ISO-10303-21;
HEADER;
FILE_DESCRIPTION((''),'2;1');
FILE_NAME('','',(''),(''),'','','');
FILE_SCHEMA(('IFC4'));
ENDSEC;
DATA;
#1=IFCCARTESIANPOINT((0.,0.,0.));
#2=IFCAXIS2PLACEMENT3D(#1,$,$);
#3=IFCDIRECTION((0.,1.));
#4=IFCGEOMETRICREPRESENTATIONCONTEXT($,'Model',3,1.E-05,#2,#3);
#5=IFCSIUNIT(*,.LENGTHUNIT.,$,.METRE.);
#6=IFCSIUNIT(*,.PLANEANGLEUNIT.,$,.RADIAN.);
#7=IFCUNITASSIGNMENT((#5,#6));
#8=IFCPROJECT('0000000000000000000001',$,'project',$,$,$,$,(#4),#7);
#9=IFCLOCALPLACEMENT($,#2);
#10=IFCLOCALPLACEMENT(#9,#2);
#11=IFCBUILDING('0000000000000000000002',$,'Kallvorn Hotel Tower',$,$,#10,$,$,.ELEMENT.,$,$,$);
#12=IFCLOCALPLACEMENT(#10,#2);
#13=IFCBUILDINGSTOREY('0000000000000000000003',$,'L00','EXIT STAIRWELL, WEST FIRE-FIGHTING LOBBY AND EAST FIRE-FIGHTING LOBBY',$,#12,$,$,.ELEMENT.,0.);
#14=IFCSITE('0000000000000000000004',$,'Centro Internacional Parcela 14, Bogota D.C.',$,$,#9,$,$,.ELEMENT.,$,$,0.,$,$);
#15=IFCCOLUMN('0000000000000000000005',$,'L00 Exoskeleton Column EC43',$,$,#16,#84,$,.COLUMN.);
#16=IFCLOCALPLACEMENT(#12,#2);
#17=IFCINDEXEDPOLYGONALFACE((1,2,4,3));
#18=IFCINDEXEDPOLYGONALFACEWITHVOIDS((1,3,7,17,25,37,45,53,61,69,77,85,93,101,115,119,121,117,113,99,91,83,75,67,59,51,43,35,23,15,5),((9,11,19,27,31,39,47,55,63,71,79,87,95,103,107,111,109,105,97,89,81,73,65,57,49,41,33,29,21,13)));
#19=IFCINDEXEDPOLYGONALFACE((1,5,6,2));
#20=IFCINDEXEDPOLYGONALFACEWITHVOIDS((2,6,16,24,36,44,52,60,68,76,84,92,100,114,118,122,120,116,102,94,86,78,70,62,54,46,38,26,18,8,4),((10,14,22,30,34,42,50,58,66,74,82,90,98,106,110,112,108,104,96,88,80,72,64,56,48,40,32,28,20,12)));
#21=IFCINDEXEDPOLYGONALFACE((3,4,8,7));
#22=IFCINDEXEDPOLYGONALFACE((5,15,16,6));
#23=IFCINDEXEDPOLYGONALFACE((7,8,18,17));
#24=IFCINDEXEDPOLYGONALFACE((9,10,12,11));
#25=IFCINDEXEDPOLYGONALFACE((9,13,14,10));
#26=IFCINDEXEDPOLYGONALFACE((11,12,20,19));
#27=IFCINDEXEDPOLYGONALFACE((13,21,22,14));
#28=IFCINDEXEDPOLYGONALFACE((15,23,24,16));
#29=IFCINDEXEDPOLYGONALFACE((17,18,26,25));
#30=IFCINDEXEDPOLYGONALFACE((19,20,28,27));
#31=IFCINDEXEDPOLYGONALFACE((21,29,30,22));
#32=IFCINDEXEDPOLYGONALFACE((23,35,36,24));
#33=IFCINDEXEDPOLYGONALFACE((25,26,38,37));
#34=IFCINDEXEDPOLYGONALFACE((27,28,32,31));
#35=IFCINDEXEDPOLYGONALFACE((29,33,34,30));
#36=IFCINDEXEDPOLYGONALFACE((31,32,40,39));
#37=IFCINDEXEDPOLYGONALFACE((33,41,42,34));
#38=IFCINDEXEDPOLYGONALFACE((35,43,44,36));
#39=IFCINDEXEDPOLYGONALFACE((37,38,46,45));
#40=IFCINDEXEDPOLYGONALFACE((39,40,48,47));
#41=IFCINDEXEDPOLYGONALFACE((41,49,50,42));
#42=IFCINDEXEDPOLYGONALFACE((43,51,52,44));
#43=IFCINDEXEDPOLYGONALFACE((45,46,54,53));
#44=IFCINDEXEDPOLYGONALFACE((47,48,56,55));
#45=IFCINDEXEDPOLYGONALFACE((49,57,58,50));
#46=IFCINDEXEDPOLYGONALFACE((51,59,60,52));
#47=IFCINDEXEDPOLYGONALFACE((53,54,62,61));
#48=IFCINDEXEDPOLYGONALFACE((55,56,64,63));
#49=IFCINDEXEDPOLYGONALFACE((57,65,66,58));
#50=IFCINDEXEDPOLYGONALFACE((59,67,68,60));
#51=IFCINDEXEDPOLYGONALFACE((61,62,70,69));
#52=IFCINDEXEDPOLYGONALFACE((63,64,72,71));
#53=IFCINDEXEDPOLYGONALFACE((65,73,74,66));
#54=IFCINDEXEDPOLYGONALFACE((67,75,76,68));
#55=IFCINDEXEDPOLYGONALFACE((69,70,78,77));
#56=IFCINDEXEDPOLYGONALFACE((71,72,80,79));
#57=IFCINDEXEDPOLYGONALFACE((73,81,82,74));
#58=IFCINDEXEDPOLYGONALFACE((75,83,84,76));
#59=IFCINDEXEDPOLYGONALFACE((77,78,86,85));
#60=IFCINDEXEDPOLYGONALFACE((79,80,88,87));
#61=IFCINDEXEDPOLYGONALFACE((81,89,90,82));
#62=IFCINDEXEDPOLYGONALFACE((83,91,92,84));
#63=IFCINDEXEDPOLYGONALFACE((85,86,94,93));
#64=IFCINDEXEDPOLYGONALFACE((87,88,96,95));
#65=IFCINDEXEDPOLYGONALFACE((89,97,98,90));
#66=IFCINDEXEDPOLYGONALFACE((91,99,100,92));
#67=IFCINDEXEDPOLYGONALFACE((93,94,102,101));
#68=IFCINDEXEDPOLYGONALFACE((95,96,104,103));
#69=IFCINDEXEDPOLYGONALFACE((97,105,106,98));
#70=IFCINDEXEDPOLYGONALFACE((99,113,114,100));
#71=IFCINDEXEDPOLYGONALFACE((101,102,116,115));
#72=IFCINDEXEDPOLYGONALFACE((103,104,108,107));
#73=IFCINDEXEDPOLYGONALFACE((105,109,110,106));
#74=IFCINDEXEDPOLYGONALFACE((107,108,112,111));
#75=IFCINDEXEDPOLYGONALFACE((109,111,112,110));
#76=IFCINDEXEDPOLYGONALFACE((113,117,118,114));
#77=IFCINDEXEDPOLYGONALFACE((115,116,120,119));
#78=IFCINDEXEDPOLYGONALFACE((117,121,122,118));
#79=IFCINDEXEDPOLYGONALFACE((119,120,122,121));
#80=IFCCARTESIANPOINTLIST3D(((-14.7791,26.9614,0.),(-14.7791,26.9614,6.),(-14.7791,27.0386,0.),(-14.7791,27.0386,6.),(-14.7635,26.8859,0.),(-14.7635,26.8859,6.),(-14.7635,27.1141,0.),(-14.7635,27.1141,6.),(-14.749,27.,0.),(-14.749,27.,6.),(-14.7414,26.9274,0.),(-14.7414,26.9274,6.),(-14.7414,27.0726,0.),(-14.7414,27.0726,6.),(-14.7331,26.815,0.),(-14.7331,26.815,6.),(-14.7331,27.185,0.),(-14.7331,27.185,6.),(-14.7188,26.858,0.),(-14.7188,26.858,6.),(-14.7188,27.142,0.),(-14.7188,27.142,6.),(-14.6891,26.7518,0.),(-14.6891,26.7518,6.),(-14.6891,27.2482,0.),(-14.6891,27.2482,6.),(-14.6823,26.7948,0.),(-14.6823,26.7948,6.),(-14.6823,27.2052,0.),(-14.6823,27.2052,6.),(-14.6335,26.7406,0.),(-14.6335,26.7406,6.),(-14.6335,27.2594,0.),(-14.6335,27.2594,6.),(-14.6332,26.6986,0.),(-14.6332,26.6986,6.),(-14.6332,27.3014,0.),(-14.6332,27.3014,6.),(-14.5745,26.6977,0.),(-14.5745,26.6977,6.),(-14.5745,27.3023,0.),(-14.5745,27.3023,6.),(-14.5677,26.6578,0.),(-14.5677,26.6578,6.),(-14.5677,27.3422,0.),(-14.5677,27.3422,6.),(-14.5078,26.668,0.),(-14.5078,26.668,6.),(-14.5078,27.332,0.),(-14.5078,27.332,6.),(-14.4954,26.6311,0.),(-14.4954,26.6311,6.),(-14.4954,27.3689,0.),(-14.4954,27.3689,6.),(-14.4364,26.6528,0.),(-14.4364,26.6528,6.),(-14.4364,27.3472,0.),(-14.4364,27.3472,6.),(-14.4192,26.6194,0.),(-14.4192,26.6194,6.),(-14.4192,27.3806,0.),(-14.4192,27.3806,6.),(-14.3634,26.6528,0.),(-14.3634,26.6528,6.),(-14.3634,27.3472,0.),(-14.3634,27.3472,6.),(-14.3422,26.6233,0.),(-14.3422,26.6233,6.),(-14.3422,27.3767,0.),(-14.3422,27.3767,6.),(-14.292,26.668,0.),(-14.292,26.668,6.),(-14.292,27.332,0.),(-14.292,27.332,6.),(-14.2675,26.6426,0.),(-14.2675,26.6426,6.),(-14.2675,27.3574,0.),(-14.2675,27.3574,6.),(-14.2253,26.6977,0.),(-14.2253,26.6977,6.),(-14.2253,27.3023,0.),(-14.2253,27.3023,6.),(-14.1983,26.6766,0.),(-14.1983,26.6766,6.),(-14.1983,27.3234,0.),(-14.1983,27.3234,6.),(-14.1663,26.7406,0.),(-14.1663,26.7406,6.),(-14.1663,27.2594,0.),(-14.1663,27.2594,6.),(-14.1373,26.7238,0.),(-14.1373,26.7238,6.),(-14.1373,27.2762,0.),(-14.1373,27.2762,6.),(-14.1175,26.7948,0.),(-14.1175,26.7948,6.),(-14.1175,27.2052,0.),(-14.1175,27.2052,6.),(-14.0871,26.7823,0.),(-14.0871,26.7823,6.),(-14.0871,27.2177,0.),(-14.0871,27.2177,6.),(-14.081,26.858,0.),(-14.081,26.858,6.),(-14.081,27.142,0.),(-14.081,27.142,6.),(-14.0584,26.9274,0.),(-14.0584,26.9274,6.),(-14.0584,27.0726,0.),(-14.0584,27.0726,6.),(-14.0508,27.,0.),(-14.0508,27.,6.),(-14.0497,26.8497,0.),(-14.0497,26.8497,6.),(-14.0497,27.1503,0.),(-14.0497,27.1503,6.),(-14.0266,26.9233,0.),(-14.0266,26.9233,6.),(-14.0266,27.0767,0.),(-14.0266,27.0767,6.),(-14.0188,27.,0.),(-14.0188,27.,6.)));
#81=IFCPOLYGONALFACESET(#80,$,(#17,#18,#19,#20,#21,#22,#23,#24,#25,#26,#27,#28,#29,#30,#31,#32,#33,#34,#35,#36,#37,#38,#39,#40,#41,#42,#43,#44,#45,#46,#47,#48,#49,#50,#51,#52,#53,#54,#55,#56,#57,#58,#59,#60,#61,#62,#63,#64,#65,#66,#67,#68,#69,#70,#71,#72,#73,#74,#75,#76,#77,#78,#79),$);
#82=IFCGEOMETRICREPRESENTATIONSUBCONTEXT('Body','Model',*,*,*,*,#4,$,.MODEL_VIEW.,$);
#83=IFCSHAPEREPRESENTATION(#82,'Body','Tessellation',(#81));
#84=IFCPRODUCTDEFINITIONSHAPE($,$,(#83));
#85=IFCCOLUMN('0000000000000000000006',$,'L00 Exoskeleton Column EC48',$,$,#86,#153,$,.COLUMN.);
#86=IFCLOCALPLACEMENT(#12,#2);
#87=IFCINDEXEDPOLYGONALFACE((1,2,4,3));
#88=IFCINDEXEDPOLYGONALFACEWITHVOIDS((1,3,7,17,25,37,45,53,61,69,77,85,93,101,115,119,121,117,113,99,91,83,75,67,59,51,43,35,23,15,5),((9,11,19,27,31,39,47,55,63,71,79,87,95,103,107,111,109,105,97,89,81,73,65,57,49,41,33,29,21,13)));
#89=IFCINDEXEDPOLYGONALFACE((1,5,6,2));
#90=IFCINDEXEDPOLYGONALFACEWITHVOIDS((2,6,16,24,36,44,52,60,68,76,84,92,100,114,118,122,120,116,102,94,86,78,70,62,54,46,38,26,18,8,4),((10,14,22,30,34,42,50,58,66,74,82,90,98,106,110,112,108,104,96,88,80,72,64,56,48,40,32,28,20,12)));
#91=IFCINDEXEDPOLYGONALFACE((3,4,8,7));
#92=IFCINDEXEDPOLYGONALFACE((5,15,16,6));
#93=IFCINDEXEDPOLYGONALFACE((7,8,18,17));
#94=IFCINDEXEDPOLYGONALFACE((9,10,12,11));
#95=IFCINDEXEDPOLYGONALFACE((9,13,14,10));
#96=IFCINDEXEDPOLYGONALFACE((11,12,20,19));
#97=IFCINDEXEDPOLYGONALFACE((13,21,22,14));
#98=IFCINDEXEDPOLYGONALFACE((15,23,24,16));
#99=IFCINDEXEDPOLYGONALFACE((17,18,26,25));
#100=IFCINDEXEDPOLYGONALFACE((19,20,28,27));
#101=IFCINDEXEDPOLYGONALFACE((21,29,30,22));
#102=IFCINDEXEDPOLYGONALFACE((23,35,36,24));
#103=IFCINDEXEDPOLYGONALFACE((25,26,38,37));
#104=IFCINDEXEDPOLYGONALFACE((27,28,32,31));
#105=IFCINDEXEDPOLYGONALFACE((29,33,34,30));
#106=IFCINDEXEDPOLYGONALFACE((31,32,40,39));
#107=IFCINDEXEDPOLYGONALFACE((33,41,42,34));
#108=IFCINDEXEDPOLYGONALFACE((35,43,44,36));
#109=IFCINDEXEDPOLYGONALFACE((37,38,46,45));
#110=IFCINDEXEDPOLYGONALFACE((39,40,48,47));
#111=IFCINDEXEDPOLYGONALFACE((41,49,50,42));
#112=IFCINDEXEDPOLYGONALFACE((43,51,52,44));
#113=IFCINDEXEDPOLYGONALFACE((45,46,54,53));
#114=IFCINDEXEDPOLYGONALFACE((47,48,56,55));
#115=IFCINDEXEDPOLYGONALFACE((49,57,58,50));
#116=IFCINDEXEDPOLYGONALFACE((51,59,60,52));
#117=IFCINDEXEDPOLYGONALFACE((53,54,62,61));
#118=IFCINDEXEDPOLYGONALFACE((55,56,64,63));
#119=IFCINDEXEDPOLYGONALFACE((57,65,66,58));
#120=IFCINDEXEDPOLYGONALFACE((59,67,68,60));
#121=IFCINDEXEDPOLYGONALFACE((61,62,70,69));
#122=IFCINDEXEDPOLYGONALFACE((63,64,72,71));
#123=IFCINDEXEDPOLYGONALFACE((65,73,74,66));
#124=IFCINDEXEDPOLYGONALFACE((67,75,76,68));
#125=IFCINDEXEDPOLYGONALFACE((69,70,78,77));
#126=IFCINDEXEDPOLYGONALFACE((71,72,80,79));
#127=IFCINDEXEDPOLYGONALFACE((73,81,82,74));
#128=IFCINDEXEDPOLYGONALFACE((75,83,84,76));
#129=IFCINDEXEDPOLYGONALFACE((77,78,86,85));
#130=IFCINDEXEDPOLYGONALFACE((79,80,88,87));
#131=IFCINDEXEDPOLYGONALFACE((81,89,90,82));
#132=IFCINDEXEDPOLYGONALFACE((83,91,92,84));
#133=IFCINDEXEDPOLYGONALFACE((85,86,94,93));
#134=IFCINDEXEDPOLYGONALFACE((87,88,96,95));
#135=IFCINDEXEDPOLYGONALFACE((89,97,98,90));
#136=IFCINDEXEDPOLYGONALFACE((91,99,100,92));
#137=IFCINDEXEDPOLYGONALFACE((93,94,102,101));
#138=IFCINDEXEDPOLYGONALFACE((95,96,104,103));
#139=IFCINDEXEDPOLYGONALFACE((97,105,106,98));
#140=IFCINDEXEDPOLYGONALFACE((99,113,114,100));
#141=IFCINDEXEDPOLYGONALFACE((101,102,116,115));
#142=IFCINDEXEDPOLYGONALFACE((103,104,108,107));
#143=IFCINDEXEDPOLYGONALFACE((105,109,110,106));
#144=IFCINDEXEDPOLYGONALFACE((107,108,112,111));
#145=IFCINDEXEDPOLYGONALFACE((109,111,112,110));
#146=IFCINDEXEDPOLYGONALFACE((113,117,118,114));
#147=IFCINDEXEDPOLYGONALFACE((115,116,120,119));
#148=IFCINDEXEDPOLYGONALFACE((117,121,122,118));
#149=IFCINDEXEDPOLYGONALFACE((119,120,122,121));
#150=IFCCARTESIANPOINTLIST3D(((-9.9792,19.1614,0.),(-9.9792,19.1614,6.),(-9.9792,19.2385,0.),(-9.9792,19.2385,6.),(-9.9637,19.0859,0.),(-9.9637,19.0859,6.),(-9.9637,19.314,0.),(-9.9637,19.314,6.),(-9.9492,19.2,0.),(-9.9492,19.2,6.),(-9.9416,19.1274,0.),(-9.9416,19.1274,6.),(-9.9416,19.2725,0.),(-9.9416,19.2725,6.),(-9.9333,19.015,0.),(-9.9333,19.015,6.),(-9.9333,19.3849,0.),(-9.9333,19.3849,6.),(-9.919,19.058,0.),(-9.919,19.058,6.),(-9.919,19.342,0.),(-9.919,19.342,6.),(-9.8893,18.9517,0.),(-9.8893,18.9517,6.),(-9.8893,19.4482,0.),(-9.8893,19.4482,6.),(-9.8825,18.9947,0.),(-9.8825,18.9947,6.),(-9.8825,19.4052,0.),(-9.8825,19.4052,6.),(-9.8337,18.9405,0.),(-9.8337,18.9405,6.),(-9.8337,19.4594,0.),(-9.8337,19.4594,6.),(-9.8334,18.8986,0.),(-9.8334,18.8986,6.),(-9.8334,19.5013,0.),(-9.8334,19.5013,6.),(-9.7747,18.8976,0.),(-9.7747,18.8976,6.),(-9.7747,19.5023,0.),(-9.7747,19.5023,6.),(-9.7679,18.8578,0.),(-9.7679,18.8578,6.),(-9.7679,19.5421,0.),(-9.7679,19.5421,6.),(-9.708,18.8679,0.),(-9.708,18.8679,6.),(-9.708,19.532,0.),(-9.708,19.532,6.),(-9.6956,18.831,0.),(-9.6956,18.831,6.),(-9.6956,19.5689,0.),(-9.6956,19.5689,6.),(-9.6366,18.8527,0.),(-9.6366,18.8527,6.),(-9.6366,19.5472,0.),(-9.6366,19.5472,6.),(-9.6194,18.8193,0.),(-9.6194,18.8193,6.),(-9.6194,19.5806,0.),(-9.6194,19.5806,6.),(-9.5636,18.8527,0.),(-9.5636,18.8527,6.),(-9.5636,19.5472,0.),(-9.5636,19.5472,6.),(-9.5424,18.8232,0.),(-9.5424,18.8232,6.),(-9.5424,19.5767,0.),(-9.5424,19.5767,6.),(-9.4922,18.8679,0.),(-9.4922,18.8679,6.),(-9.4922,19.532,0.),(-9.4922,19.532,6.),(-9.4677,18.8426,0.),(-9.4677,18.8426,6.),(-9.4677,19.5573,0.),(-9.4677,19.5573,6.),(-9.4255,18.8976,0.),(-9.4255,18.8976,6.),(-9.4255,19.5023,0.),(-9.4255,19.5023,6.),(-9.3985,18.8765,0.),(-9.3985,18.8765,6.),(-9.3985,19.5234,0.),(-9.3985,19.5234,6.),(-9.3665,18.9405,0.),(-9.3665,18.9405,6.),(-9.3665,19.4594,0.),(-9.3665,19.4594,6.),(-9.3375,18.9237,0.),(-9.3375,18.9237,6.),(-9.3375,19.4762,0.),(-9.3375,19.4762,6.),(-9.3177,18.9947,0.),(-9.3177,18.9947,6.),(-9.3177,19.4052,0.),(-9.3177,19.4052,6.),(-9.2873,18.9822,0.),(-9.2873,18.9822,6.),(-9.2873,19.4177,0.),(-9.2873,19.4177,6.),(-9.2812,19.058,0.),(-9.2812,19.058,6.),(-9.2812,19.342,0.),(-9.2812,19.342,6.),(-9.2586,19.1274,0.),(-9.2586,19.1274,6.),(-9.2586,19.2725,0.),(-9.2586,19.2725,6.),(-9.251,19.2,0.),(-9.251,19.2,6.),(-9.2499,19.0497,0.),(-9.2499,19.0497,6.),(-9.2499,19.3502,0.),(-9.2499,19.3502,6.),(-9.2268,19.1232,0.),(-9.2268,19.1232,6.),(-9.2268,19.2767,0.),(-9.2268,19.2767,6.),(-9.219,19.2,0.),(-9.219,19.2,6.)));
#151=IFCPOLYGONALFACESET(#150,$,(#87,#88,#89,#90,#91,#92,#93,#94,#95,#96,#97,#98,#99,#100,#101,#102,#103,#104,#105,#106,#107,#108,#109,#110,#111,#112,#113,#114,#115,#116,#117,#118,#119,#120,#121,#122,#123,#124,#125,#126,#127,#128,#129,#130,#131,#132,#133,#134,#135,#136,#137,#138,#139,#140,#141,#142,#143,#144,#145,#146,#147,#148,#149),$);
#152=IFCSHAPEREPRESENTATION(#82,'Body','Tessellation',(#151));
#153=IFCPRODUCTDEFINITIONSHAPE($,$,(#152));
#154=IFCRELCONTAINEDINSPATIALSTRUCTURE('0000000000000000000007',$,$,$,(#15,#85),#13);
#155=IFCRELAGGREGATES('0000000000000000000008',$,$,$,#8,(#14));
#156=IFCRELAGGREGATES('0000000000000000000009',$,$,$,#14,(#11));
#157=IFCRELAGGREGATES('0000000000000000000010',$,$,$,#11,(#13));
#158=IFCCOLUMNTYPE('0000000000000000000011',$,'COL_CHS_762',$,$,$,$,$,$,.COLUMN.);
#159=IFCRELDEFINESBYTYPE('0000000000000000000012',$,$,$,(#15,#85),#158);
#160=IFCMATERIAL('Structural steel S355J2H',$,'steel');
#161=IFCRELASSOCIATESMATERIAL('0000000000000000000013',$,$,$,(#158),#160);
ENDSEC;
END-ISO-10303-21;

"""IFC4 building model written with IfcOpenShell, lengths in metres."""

from ifc_helpers import new_model, si_unit, direction, frame, origin, origin_2d, place, context, subcontext, project, spatial, hollow_circle, extrude, material, material_profile, profile_set, type_object, element, save


model = new_model("IFC4")

# Units and contexts
model_context = context("Model", 3, precision=1e-05, world=origin(), true_north=direction((0.0, 1.0)))
body_context = subcontext(model_context, "Body", "Model", "MODEL_VIEW")
ifc_project = project(units=[si_unit("LENGTHUNIT", "METRE"), si_unit("PLANEANGLEUNIT", "RADIAN")], contexts=[model_context])

# Site, building, storey
site_placement = place(None, origin())
site = spatial("IfcSite", under=ifc_project, at=site_placement, Name="Centro Internacional Parcela 14, Bogota D.C.", CompositionType="ELEMENT", RefElevation=0.0)
building_placement = place(site_placement, origin())
building = spatial("IfcBuilding", under=site, at=building_placement, Name="Kallvorn Hotel Tower", CompositionType="ELEMENT")
storey_placement = place(building_placement, origin())
storey = spatial("IfcBuildingStorey", under=building, at=storey_placement, Name="L00", Description="EXIT STAIRWELL, WEST FIRE-FIGHTING LOBBY AND EAST FIRE-FIGHTING LOBBY", CompositionType="ELEMENT", Elevation=0.0)

# Columns
ifc_material_1 = material(Name="Structural steel S355J2H", Category="steel")
ifc_material_profile_1 = material_profile(ifc_material_1, hollow_circle(Radius=0.3811, WallThickness=0.032, at=origin_2d()), Name="CHS 762x32")
ifc_profile_set_1 = profile_set([ifc_material_profile_1], Name="Structural steel S355J2H")
column_type = type_object("IfcColumnType", Name="COL_CHS_762", PredefinedType="COLUMN", material=ifc_profile_set_1)
for number, where, z_axis, x_axis, name in (
    (1, (-14.3999, 27.0, 0.0), (0.0, 0.0, 1.0), (1.0, 0.0, 0.0), "L00 Exoskeleton Column EC43"),
    (2, (-9.6001, 19.2, 0.0), (0.0, 0.0, 1.0), (1.0, 0.0, 0.0), "L00 Exoskeleton Column EC48"),
):
    element("IfcColumn", number, at=place(storey_placement, frame(where, z_axis=z_axis, x_axis=x_axis)), inside=storey, type_object=column_type, Name=name, PredefinedType="COLUMN", context=body_context, shape_type="SweptSolid", body=[
        extrude(hollow_circle(Radius=0.3811, WallThickness=0.032, at=origin_2d()), origin(), (0.0, 0.0, 1.0), 6.0),
    ])

save(model, "model.ifc")
